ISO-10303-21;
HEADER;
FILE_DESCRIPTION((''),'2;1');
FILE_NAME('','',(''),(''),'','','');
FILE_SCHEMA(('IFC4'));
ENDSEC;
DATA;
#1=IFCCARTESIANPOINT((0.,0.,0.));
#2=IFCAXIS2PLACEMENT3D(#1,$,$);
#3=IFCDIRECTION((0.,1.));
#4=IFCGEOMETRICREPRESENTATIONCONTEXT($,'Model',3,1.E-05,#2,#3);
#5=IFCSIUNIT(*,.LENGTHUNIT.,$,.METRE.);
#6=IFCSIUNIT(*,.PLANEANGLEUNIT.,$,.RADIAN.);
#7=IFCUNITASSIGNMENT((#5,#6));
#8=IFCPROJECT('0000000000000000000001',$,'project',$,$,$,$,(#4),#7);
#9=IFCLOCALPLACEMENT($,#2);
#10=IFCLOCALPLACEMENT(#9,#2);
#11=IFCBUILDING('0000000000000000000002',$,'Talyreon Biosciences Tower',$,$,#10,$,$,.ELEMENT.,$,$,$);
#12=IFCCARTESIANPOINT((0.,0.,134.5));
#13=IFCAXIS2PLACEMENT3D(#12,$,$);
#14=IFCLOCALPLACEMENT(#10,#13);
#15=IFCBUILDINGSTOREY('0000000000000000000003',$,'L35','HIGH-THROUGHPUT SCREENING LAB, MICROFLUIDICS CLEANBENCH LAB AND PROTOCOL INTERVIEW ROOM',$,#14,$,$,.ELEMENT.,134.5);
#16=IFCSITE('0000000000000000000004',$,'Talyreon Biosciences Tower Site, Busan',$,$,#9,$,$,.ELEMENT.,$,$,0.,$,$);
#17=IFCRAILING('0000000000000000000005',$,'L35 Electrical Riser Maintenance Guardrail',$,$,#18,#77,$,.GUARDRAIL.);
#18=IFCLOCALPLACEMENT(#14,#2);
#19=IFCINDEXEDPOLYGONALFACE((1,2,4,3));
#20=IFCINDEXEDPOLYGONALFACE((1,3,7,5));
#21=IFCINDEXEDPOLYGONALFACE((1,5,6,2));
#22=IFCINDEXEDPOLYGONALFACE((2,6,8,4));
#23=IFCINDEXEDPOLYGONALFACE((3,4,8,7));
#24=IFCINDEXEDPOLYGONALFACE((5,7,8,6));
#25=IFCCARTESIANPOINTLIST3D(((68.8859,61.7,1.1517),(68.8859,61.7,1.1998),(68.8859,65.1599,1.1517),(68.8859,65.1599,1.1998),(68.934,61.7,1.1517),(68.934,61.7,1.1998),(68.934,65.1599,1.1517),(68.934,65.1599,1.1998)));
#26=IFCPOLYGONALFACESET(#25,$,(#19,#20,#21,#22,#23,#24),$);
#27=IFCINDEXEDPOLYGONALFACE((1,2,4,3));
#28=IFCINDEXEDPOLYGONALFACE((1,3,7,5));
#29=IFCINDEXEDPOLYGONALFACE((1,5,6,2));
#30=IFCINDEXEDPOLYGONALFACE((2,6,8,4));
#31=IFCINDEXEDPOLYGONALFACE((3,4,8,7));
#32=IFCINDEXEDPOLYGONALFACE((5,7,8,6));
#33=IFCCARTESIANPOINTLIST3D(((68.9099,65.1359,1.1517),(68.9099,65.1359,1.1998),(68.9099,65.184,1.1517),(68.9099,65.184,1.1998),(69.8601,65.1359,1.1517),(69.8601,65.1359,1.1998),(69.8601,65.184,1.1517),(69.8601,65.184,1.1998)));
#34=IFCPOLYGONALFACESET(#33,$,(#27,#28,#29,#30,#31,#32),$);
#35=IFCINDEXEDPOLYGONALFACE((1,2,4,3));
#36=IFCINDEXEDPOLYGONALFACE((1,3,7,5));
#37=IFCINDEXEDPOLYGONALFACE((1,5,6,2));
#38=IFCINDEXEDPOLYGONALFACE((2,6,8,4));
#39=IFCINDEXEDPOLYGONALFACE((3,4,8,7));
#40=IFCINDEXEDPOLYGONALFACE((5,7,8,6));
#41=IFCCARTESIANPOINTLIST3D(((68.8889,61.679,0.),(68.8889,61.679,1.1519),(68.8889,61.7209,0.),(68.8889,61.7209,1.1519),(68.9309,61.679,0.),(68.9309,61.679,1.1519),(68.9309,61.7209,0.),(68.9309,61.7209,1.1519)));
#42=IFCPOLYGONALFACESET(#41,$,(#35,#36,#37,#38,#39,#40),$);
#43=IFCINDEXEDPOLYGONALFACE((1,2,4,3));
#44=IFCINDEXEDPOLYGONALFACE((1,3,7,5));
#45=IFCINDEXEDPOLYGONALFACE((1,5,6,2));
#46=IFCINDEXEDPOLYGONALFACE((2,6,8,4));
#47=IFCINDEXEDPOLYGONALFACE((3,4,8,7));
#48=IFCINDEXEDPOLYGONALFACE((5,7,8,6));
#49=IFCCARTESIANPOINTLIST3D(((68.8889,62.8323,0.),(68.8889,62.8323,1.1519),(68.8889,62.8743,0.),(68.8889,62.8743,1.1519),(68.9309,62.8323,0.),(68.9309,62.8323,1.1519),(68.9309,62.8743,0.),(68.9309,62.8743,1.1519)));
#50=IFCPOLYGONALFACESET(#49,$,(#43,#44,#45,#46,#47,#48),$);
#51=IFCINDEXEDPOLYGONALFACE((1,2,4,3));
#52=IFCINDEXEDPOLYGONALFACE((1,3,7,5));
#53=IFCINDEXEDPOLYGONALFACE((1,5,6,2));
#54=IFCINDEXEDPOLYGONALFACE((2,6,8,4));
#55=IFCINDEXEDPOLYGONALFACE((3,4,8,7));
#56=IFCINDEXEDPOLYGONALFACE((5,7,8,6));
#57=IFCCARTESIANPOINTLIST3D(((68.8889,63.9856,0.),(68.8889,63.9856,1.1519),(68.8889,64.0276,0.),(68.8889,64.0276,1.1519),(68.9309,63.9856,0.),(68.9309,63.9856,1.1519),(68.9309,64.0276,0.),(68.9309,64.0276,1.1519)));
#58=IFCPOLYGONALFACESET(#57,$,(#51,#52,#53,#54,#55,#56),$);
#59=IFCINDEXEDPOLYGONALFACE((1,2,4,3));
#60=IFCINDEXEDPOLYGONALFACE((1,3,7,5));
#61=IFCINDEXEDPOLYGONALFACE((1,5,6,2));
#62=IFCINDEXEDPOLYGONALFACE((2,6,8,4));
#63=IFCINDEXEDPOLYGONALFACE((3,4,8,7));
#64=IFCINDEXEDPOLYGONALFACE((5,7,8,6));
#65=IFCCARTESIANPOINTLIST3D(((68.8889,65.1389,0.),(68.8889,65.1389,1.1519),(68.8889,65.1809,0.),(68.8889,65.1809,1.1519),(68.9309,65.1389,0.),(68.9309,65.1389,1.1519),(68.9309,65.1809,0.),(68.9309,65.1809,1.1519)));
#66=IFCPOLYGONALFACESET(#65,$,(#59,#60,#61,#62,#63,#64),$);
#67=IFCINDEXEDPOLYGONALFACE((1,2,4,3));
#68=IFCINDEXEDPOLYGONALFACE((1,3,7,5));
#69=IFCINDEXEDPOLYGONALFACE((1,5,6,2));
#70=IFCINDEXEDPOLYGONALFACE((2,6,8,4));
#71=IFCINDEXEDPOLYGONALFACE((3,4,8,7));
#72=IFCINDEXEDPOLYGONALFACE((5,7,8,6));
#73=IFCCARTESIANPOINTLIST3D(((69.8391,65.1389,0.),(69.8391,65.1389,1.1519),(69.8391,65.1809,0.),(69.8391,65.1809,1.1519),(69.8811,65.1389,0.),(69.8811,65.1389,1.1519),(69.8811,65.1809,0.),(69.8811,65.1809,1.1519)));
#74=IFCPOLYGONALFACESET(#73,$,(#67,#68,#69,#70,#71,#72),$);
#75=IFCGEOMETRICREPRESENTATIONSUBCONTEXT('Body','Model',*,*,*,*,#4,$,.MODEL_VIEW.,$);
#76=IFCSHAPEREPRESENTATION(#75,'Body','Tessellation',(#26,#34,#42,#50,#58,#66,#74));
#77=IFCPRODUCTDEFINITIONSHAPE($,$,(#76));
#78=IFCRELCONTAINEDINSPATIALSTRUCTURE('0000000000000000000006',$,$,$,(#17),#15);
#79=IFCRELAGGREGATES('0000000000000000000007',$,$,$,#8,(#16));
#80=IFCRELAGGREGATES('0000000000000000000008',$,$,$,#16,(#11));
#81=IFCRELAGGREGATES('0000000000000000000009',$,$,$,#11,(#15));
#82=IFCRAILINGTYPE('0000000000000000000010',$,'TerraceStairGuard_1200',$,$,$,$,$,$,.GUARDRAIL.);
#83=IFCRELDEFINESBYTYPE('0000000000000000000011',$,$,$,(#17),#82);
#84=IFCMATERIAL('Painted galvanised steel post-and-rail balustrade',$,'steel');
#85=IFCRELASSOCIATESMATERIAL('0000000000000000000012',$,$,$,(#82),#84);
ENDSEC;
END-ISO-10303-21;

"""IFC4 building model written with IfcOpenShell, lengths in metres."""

from ifc_helpers import new_model, si_unit, direction, frame, origin, origin_2d, place, context, subcontext, project, spatial, rectangle, extrude, material, type_object, element, save


model = new_model("IFC4")

# Units and contexts
model_context = context("Model", 3, precision=1e-05, world=origin(), true_north=direction((0.0, 1.0)))
body_context = subcontext(model_context, "Body", "Model", "MODEL_VIEW")
ifc_project = project(units=[si_unit("LENGTHUNIT", "METRE"), si_unit("PLANEANGLEUNIT", "RADIAN")], contexts=[model_context])

# Site, building, storey
site_placement = place(None, origin())
site = spatial("IfcSite", under=ifc_project, at=site_placement, Name="Talyreon Biosciences Tower Site, Busan", CompositionType="ELEMENT", RefElevation=0.0)
building_placement = place(site_placement, origin())
building = spatial("IfcBuilding", under=site, at=building_placement, Name="Talyreon Biosciences Tower", CompositionType="ELEMENT")
storey_placement = place(building_placement, frame((0.0, 0.0, 134.5)))
storey = spatial("IfcBuildingStorey", under=building, at=storey_placement, Name="L35", Description="HIGH-THROUGHPUT SCREENING LAB, MICROFLUIDICS CLEANBENCH LAB AND PROTOCOL INTERVIEW ROOM", CompositionType="ELEMENT", Elevation=134.5)

# Railing
ifc_material_1 = material(Name="Painted galvanised steel post-and-rail balustrade", Category="steel")
railing_type_1 = type_object("IfcRailingType", Name="TerraceStairGuard_1200", PredefinedType="GUARDRAIL", material=ifc_material_1)
railing_1_placement = place(storey_placement, frame((68.9099, 61.7, 0.0)))
element("IfcRailing", 1, at=railing_1_placement, inside=storey, type_object=railing_type_1, Name="L35 Electrical Riser Maintenance Guardrail", PredefinedType="GUARDRAIL", context=body_context, shape_type="SweptSolid", body=[
    extrude(rectangle(XDim=0.0481, YDim=0.0481, at=origin_2d()), frame((0.0, 0.0, 1.1758), z_axis=(0.0, 1.0, 0.0), x_axis=(-1.0, 0.0, 0.0)), (0.0, 0.0, 1.0), 3.46),
    extrude(rectangle(XDim=0.0481, YDim=0.0481, at=origin_2d()), frame((0.0, 3.46, 1.1758), z_axis=(1.0, 0.0, 0.0), x_axis=(0.0, 1.0, 0.0)), (0.0, 0.0, 1.0), 0.9502),
    extrude(rectangle(XDim=0.042, YDim=0.042, at=origin_2d()), origin(), (0.0, 0.0, 1.0), 1.1519),
    extrude(rectangle(XDim=0.042, YDim=0.042, at=origin_2d()), frame((0.0, 1.1533, 0.0)), (0.0, 0.0, 1.0), 1.1519),
    extrude(rectangle(XDim=0.042, YDim=0.042, at=origin_2d()), frame((0.0, 2.3066, 0.0)), (0.0, 0.0, 1.0), 1.1519),
    extrude(rectangle(XDim=0.042, YDim=0.042, at=origin_2d()), frame((0.0, 3.46, 0.0)), (0.0, 0.0, 1.0), 1.1519),
    extrude(rectangle(XDim=0.042, YDim=0.042, at=origin_2d()), frame((0.9502, 3.46, 0.0)), (0.0, 0.0, 1.0), 1.1519),
])

save(model, "model.ifc")
